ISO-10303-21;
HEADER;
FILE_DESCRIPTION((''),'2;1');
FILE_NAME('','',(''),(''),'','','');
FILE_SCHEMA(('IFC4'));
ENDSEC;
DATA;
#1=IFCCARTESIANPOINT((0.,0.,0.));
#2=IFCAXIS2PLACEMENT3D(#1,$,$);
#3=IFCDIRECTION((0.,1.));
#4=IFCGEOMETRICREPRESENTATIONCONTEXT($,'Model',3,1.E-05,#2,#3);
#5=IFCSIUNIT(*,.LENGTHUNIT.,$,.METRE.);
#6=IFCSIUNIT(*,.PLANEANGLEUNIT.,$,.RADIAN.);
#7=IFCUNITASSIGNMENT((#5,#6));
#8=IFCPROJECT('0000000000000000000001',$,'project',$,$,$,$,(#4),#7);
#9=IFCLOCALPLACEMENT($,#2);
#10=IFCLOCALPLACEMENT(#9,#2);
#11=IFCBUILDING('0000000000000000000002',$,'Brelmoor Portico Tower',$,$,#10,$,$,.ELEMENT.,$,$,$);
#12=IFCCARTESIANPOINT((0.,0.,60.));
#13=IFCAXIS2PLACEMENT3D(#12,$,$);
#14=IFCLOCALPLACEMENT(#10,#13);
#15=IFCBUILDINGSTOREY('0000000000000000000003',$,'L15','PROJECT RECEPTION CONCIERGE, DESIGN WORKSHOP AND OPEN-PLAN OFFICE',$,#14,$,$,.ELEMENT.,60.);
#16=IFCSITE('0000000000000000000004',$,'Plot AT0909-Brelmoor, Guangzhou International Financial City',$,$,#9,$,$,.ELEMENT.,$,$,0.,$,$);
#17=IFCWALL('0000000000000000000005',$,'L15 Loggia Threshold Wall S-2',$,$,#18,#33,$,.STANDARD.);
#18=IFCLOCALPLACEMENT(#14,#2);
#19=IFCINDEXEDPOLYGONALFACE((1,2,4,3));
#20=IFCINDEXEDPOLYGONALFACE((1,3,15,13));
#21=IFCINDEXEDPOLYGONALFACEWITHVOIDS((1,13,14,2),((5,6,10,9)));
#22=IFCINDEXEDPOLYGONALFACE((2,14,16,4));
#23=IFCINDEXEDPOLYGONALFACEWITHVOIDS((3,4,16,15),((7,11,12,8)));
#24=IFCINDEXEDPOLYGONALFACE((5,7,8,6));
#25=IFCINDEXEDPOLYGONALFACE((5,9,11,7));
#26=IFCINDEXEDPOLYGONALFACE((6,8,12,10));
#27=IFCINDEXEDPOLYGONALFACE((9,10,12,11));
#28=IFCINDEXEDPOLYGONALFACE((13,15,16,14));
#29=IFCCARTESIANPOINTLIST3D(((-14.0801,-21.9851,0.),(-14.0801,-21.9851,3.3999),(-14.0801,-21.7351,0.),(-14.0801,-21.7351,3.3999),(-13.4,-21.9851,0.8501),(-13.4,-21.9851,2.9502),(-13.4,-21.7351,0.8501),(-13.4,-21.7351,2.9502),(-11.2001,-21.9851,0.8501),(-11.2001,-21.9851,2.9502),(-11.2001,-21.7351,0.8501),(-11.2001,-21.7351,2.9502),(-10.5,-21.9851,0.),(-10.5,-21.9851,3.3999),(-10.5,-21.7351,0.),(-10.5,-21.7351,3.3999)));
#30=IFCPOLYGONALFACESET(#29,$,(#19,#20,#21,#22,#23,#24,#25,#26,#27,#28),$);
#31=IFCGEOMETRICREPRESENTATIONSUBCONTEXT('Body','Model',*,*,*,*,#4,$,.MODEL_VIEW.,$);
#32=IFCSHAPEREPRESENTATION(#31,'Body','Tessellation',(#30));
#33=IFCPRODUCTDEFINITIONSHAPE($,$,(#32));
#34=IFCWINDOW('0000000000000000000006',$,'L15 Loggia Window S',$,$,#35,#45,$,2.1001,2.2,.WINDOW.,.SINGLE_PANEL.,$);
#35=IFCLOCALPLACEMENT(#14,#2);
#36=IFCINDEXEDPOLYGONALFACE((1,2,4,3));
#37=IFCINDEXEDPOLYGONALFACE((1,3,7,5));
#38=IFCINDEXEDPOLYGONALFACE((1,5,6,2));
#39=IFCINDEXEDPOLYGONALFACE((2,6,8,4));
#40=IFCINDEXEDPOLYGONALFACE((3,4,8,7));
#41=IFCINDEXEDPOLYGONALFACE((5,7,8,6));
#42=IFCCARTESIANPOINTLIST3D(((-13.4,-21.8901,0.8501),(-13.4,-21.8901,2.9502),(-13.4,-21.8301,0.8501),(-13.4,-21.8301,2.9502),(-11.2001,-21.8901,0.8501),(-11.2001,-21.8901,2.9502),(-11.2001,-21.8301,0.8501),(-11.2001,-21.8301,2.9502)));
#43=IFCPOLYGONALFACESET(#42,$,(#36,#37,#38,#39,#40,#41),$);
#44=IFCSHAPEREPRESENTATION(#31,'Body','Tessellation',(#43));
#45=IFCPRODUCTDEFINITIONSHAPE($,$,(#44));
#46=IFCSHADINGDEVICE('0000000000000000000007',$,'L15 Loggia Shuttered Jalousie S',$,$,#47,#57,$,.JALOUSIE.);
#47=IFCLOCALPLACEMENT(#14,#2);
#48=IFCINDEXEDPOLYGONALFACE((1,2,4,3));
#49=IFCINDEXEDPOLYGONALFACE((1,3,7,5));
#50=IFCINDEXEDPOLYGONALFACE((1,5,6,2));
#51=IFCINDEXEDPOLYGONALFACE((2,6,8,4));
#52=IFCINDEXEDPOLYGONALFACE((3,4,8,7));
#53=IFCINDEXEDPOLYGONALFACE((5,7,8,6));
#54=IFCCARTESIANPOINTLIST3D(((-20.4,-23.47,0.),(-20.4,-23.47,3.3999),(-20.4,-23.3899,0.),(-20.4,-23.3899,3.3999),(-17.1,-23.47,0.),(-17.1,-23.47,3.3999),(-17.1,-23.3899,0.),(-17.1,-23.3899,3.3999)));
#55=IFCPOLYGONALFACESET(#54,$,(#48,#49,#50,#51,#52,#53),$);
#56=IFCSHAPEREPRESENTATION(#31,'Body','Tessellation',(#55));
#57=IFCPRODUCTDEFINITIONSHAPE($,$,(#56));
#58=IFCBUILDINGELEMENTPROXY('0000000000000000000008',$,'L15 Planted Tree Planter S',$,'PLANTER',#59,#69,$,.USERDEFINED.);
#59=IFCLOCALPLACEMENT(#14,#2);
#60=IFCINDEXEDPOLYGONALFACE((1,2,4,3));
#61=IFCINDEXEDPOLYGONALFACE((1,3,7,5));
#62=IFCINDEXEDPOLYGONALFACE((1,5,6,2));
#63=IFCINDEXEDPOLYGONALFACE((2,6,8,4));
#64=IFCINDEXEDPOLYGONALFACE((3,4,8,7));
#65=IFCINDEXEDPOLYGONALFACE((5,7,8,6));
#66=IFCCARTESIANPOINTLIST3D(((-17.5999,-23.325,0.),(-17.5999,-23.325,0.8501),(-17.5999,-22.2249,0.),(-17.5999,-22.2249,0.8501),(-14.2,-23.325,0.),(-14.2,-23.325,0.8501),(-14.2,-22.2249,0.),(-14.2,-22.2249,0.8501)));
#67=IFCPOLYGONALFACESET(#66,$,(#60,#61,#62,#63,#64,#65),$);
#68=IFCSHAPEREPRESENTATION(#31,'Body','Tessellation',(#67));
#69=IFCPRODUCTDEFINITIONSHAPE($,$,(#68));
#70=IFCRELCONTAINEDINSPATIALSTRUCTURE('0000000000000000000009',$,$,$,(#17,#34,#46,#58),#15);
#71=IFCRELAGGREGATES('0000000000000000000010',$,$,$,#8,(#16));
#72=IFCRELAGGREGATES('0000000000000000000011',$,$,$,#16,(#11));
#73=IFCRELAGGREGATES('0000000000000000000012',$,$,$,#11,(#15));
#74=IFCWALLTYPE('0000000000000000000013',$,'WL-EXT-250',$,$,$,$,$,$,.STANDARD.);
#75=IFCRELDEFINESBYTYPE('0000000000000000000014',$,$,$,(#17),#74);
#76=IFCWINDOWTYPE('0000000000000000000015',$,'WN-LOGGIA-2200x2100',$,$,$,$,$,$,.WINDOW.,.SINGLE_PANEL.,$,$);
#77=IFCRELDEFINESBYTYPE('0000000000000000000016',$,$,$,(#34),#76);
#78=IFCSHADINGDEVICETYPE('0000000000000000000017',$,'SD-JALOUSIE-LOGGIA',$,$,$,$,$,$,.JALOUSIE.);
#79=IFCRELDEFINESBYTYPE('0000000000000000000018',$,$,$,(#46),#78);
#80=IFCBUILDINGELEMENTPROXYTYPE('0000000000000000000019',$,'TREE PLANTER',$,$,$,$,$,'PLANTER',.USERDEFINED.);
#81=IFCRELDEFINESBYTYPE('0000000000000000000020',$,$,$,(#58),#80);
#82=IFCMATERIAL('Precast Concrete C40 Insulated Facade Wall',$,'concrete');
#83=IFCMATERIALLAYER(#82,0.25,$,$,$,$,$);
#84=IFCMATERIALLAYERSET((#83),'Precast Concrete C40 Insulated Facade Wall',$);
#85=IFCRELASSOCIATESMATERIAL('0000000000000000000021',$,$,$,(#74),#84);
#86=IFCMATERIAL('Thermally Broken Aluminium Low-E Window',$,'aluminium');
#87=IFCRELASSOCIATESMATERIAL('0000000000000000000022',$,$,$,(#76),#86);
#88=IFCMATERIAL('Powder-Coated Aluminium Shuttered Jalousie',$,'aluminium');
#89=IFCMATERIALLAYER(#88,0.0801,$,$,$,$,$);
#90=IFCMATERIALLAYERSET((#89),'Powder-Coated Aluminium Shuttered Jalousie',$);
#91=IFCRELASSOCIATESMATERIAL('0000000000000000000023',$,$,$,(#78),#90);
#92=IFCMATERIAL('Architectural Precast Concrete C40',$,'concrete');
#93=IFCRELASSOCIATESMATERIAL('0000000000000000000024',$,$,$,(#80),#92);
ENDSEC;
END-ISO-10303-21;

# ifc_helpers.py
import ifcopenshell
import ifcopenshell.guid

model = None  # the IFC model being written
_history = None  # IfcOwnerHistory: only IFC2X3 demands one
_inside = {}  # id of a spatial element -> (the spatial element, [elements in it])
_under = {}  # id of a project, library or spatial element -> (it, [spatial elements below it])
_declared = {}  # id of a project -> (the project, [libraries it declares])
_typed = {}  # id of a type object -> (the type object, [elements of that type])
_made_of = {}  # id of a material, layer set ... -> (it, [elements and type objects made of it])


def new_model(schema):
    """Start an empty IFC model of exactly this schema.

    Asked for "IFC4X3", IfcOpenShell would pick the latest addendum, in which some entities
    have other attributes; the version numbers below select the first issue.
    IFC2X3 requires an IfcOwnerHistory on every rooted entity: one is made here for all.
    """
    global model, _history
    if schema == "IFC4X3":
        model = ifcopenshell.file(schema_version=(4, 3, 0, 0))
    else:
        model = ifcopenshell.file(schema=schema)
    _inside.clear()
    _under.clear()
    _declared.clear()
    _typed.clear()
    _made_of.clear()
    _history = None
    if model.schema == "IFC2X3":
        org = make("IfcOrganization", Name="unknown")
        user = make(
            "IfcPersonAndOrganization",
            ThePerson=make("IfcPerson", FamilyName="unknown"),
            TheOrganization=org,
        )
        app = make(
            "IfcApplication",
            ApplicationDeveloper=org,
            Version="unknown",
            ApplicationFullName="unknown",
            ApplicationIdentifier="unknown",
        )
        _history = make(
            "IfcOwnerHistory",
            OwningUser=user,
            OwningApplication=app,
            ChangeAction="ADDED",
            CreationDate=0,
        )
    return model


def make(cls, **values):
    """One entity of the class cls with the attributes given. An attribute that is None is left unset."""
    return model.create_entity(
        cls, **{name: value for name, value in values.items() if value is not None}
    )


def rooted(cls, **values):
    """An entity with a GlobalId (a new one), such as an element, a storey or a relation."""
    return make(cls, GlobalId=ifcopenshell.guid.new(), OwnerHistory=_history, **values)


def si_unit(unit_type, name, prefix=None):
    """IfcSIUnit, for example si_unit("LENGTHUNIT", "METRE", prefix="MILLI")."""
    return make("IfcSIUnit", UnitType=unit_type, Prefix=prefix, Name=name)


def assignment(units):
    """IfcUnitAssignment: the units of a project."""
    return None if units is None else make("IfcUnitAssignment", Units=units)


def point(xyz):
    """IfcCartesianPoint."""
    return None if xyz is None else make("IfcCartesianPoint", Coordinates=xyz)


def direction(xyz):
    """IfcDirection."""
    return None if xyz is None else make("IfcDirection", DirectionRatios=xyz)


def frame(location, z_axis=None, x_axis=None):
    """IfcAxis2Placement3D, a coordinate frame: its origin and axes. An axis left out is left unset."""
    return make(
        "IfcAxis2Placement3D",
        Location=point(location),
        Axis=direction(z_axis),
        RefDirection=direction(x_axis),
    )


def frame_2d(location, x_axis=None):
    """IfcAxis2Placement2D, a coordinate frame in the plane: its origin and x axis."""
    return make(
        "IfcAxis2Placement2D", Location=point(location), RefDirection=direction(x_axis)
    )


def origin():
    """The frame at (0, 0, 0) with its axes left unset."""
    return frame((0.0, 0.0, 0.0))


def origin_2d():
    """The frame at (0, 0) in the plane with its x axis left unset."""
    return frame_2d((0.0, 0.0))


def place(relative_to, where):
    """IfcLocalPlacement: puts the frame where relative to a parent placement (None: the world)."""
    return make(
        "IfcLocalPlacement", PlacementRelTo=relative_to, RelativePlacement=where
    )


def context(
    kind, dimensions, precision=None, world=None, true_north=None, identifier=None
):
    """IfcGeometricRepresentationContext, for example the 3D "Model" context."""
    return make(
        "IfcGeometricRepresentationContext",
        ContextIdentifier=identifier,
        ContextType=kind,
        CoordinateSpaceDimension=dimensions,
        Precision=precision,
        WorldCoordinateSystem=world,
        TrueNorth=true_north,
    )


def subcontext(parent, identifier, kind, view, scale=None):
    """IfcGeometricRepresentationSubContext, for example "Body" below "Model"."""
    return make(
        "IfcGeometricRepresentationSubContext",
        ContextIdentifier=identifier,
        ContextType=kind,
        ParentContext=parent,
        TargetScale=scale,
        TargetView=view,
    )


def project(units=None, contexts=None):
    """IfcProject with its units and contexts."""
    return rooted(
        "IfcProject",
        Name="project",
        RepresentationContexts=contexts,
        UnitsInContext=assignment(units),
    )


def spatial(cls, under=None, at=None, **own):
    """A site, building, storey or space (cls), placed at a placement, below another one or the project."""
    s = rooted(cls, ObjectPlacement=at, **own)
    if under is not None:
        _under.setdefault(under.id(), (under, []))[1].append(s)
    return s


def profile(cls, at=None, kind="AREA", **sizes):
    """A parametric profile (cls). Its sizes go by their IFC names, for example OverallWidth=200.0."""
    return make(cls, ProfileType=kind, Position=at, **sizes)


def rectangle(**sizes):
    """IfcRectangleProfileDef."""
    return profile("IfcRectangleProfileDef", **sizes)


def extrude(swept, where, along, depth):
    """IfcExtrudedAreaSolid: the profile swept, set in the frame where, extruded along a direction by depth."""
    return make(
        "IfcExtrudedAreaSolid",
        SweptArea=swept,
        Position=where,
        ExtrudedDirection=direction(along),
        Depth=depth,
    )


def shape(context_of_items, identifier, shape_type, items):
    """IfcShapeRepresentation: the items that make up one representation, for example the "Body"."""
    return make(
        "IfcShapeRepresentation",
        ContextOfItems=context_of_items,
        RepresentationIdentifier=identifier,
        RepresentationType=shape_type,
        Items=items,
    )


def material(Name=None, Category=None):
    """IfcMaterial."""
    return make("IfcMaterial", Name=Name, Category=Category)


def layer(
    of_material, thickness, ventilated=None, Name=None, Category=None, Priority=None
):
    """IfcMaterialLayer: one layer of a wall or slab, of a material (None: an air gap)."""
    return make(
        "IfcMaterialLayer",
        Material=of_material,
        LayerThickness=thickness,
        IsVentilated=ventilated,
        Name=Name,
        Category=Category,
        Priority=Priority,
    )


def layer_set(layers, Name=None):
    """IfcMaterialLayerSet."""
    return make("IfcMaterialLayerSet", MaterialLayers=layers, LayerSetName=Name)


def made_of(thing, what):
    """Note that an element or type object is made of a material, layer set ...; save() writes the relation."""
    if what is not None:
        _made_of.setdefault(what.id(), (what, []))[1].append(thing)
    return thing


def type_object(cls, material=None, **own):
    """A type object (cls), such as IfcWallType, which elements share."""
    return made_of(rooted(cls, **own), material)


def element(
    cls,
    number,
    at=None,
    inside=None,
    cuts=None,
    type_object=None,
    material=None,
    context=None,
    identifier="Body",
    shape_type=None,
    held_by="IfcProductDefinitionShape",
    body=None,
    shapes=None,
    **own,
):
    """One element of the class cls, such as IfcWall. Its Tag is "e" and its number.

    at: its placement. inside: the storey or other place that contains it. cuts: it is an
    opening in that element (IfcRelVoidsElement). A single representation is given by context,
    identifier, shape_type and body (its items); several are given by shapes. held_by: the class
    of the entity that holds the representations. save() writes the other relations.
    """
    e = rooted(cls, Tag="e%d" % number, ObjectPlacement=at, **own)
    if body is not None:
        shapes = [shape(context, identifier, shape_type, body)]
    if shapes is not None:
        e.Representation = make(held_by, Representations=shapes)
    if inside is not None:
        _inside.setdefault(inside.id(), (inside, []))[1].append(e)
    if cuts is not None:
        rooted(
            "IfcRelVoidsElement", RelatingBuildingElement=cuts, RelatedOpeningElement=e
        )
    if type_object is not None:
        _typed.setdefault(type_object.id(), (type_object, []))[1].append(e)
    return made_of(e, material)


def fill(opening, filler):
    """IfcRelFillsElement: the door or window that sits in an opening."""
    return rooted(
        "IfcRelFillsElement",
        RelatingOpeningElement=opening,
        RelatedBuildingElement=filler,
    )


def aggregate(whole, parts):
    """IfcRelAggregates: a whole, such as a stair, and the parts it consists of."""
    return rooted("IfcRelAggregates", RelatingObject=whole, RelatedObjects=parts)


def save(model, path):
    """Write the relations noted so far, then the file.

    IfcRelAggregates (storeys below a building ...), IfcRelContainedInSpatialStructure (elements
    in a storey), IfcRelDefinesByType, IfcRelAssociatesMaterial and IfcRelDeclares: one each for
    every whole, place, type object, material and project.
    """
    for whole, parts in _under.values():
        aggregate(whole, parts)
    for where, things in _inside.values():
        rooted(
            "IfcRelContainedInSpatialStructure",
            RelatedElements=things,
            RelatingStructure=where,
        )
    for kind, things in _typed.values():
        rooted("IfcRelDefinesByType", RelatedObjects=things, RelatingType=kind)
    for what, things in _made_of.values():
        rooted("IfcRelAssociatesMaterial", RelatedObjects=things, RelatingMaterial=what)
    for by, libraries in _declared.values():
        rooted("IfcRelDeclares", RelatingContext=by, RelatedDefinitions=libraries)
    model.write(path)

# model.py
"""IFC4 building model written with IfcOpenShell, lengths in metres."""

from ifc_helpers import new_model, si_unit, direction, frame, frame_2d, origin, origin_2d, place, context, subcontext, project, spatial, rectangle, extrude, material, layer, layer_set, type_object, element, fill, save


model = new_model("IFC4")

# Units and contexts
model_context = context("Model", 3, precision=1e-05, world=origin(), true_north=direction((0.0, 1.0)))
body_context = subcontext(model_context, "Body", "Model", "MODEL_VIEW")
ifc_project = project(units=[si_unit("LENGTHUNIT", "METRE"), si_unit("PLANEANGLEUNIT", "RADIAN")], contexts=[model_context])

# Site, building, storey
site_placement = place(None, origin())
site = spatial("IfcSite", under=ifc_project, at=site_placement, Name="Plot AT0909-Brelmoor, Guangzhou International Financial City", CompositionType="ELEMENT", RefElevation=0.0)
building_placement = place(site_placement, origin())
building = spatial("IfcBuilding", under=site, at=building_placement, Name="Brelmoor Portico Tower", CompositionType="ELEMENT")
storey_placement = place(building_placement, frame((0.0, 0.0, 60.0)))
storey = spatial("IfcBuildingStorey", under=building, at=storey_placement, Name="L15", Description="PROJECT RECEPTION CONCIERGE, DESIGN WORKSHOP AND OPEN-PLAN OFFICE", CompositionType="ELEMENT", Elevation=60.0)

# Shared definitions
ifc_material_1 = material(Name="Precast Concrete C40 Insulated Facade Wall", Category="concrete")
ifc_layer_1 = layer(ifc_material_1, 0.25)
ifc_layer_set_1 = layer_set([ifc_layer_1], Name="Precast Concrete C40 Insulated Facade Wall")
wall_type = type_object("IfcWallType", Name="WL-EXT-250", PredefinedType="STANDARD", material=ifc_layer_set_1)

# Wall, opening, window
wall_1_placement = place(storey_placement, frame((-14.0801, -21.8601, 0.0), z_axis=(0.0, 0.0, 1.0), x_axis=(1.0, 0.0, 0.0)))
wall_1 = element("IfcWall", 1, at=wall_1_placement, inside=storey, type_object=wall_type, Name="L15 Loggia Threshold Wall S-2", PredefinedType="STANDARD", context=body_context, shape_type="SweptSolid", body=[
    extrude(rectangle(XDim=3.5801, YDim=0.25, at=frame_2d((1.79, 0.0))), origin(), (0.0, 0.0, 1.0), 3.3999),
])
opening_1_placement = place(wall_1_placement, frame((0.6799, 0.0, 0.8501)))
opening_1 = element("IfcOpeningElement", 2, at=opening_1_placement, cuts=wall_1, PredefinedType="OPENING", context=body_context, shape_type="SweptSolid", body=[
    extrude(rectangle(XDim=2.2, YDim=2.1001, at=frame_2d((1.1001, 1.05))), frame((0.0, 0.135, 0.0), z_axis=(0.0, -1.0, 0.0), x_axis=(1.0, 0.0, 0.0)), (0.0, 0.0, 1.0), 0.27),
])
ifc_material_2 = material(Name="Thermally Broken Aluminium Low-E Window", Category="aluminium")
window_type = type_object("IfcWindowType", Name="WN-LOGGIA-2200x2100", PartitioningType="SINGLE_PANEL", PredefinedType="WINDOW", material=ifc_material_2)
window_placement = place(opening_1_placement, origin())
window = element("IfcWindow", 3, at=window_placement, inside=storey, type_object=window_type, Name="L15 Loggia Window S", OverallHeight=2.1001, OverallWidth=2.2, PartitioningType="SINGLE_PANEL", PredefinedType="WINDOW", context=body_context, shape_type="SweptSolid", body=[
    extrude(rectangle(XDim=2.2, YDim=2.1001, at=frame_2d((1.1001, 1.05))), frame((0.0, 0.03, 0.0), z_axis=(0.0, -1.0, 0.0), x_axis=(1.0, 0.0, 0.0)), (0.0, 0.0, 1.0), 0.0601),
])
fill(opening_1, window)

# Shading device
ifc_material_3 = material(Name="Powder-Coated Aluminium Shuttered Jalousie", Category="aluminium")
ifc_layer_2 = layer(ifc_material_3, 0.0801)
ifc_layer_set_2 = layer_set([ifc_layer_2], Name="Powder-Coated Aluminium Shuttered Jalousie")
shading_device_type = type_object("IfcShadingDeviceType", Name="SD-JALOUSIE-LOGGIA", PredefinedType="JALOUSIE", material=ifc_layer_set_2)
shading_device_placement = place(storey_placement, frame((-18.75, -23.4299, 0.0), z_axis=(0.0, 0.0, 1.0), x_axis=(1.0, 0.0, 0.0)))
element("IfcShadingDevice", 4, at=shading_device_placement, inside=storey, type_object=shading_device_type, Name="L15 Loggia Shuttered Jalousie S", PredefinedType="JALOUSIE", context=body_context, shape_type="SweptSolid", body=[
    extrude(rectangle(XDim=3.3, YDim=0.0801, at=origin_2d()), origin(), (0.0, 0.0, 1.0), 3.3999),
])

# Building element proxy
ifc_material_4 = material(Name="Architectural Precast Concrete C40", Category="concrete")
building_element_proxy_type = type_object("IfcBuildingElementProxyType", Name="TREE PLANTER", ElementType="PLANTER", PredefinedType="USERDEFINED", material=ifc_material_4)
proxy_placement = place(storey_placement, frame((-15.8999, -22.7749, 0.0), z_axis=(0.0, 0.0, 1.0), x_axis=(1.0, 0.0, 0.0)))
element("IfcBuildingElementProxy", 5, at=proxy_placement, inside=storey, type_object=building_element_proxy_type, Name="L15 Planted Tree Planter S", ObjectType="PLANTER", PredefinedType="USERDEFINED", context=body_context, shape_type="SweptSolid", body=[
    extrude(rectangle(XDim=3.3999, YDim=1.1001, at=origin_2d()), origin(), (0.0, 0.0, 1.0), 0.8501),
])

save(model, "model.ifc")
